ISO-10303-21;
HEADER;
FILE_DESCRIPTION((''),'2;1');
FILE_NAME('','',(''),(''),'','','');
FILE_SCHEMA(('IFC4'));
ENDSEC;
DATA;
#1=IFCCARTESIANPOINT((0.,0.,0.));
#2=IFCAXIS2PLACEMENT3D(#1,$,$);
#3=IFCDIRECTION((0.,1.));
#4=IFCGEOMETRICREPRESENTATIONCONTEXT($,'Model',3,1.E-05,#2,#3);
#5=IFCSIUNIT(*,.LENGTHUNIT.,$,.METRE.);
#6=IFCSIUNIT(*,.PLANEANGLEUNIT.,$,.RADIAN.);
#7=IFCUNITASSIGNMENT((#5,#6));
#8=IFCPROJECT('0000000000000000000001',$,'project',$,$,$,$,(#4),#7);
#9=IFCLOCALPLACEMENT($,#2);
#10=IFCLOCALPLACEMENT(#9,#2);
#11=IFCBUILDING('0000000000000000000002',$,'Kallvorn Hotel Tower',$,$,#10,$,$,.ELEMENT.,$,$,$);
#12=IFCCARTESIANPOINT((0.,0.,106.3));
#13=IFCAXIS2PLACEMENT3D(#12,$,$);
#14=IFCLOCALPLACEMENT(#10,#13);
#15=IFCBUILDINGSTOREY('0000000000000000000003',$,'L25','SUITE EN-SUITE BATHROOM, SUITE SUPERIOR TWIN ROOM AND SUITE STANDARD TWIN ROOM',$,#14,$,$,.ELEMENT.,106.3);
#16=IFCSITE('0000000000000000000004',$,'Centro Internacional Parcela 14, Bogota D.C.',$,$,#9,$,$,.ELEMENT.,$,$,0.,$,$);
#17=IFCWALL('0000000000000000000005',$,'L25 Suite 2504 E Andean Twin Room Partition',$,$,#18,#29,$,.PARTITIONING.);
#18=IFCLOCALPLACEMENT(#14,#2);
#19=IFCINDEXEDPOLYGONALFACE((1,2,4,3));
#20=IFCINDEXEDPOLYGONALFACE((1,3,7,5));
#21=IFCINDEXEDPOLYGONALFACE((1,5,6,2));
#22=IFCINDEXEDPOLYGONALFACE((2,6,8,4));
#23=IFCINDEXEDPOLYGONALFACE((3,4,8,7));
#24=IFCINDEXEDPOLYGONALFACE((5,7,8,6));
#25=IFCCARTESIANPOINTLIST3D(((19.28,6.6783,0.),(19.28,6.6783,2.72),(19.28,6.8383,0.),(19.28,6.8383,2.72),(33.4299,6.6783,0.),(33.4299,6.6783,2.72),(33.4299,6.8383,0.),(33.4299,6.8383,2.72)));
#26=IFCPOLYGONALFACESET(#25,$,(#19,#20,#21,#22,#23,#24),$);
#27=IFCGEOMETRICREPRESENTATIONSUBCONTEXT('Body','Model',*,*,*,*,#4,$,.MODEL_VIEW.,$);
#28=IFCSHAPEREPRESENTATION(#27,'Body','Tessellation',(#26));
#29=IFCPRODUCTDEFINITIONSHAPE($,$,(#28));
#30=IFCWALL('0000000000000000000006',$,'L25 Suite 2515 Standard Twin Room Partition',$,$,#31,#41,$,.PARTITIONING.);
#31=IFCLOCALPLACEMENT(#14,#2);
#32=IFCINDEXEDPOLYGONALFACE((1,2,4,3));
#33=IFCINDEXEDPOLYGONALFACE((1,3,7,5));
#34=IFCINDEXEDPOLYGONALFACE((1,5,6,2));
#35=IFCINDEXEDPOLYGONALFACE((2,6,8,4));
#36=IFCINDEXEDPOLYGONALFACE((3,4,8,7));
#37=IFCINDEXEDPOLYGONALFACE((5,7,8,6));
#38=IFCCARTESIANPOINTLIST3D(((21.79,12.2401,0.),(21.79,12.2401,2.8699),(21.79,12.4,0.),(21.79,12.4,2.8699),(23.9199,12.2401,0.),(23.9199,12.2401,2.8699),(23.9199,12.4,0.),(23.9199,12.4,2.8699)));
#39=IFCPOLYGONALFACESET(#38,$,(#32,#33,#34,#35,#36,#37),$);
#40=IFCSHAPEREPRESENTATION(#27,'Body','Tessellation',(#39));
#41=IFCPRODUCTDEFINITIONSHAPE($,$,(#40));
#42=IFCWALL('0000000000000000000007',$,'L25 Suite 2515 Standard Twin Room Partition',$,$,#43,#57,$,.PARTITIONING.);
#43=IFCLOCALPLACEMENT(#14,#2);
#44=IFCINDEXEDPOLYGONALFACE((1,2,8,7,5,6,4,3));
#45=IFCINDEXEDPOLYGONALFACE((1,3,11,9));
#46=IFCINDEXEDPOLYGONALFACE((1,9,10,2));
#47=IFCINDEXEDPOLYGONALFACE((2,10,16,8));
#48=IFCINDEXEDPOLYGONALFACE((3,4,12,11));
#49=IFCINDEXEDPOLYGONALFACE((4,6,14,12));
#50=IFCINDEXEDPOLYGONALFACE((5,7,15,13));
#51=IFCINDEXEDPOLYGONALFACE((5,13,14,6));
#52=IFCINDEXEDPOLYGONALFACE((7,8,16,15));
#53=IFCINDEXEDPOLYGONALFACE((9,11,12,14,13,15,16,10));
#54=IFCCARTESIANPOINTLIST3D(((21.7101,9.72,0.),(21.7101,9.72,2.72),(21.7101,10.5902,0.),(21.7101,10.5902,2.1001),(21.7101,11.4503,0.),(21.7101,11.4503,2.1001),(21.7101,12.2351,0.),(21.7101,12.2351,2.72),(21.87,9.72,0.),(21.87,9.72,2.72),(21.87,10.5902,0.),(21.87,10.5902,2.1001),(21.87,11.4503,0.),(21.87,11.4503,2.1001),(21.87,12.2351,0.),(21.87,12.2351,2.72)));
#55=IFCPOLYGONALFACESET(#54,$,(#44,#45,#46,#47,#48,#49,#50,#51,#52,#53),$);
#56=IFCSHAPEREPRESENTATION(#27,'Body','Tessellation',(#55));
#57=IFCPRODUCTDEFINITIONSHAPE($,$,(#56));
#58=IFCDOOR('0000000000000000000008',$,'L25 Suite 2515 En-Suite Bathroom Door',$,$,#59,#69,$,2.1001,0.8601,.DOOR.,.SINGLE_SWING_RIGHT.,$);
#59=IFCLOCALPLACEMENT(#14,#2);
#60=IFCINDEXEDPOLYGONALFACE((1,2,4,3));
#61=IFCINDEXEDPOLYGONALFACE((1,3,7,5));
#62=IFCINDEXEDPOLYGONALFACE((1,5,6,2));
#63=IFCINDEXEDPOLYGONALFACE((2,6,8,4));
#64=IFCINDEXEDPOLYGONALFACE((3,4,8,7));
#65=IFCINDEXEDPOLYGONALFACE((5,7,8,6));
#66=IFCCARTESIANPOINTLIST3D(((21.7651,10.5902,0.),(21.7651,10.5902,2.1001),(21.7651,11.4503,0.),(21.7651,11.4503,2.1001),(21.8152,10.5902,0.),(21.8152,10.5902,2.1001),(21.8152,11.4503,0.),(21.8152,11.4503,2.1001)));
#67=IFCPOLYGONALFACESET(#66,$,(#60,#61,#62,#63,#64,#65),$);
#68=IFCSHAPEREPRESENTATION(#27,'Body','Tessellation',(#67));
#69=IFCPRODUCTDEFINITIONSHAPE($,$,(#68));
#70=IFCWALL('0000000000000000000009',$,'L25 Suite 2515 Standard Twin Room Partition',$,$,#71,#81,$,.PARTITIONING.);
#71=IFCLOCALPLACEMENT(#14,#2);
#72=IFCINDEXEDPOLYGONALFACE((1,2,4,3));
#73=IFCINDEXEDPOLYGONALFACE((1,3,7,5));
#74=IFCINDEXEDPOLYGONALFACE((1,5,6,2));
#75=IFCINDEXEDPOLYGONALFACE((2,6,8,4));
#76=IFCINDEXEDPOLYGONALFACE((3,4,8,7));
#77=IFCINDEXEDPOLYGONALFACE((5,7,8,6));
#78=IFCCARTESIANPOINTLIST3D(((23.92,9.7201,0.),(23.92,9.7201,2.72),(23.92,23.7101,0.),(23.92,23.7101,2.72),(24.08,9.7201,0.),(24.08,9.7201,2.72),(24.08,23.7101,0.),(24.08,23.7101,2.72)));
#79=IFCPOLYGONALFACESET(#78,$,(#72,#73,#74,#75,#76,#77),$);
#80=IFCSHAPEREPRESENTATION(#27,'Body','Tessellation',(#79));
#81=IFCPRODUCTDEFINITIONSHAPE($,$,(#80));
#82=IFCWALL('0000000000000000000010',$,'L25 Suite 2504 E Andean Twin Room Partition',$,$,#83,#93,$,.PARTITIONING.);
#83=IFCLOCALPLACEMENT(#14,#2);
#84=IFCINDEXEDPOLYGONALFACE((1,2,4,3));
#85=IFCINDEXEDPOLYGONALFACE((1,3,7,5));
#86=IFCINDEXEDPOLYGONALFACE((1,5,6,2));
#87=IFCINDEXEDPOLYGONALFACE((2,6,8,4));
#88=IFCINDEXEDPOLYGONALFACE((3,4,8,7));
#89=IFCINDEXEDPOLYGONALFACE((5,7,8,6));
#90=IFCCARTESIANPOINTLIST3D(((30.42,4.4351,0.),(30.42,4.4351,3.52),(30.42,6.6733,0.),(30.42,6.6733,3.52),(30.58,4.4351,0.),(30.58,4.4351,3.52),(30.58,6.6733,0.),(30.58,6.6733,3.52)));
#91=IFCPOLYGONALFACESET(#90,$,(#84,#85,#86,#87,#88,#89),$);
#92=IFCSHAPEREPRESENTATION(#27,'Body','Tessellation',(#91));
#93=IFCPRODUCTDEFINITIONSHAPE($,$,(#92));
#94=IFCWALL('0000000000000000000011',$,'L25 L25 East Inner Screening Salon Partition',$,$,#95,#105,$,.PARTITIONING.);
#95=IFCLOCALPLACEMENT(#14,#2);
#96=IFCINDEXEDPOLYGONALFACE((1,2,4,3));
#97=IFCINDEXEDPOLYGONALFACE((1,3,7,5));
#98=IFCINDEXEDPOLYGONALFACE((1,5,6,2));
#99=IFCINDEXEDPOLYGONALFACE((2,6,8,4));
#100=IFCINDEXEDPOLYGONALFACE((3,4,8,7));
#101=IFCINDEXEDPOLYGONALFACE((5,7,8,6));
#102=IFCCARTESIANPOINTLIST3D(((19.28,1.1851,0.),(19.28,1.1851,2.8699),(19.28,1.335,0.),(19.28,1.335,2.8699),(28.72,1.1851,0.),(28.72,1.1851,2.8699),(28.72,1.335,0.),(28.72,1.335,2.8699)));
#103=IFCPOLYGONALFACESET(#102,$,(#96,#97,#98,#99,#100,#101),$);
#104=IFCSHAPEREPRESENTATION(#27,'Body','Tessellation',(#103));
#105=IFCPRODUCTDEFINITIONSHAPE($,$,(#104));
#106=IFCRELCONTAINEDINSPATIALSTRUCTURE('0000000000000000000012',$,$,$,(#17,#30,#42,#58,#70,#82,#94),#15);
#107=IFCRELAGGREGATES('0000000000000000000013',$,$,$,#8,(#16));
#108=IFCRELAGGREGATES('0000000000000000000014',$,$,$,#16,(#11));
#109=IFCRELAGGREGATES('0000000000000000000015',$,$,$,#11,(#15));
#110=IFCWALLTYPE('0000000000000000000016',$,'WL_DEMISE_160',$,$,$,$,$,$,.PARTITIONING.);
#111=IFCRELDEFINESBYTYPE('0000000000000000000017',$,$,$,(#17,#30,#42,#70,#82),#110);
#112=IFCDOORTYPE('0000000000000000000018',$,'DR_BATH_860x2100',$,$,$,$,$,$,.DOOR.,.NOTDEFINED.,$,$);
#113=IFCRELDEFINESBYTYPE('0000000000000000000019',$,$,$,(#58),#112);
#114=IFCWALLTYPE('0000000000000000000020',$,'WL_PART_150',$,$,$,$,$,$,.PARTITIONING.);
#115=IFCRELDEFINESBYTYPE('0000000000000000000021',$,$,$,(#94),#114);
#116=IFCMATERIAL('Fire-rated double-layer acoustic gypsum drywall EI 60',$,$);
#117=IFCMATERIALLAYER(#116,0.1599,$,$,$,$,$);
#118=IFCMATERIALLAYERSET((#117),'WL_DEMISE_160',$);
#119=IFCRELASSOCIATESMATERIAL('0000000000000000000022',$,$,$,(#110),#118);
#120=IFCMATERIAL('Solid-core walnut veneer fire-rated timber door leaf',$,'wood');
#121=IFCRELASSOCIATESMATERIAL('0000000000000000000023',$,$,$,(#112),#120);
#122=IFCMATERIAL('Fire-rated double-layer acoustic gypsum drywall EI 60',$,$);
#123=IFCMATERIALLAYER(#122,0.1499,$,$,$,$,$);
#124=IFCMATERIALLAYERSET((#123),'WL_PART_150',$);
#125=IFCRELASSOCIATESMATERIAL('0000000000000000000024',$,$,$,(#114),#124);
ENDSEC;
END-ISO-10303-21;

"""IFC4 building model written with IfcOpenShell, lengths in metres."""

from ifc_helpers import new_model, si_unit, direction, frame, frame_2d, origin, place, context, subcontext, project, spatial, rectangle, extrude, material, layer, layer_set, type_object, element, fill, save


model = new_model("IFC4")

# Units and contexts
model_context = context("Model", 3, precision=1e-05, world=origin(), true_north=direction((0.0, 1.0)))
body_context = subcontext(model_context, "Body", "Model", "MODEL_VIEW")
ifc_project = project(units=[si_unit("LENGTHUNIT", "METRE"), si_unit("PLANEANGLEUNIT", "RADIAN")], contexts=[model_context])

# Site, building, storey
site_placement = place(None, origin())
site = spatial("IfcSite", under=ifc_project, at=site_placement, Name="Centro Internacional Parcela 14, Bogota D.C.", CompositionType="ELEMENT", RefElevation=0.0)
building_placement = place(site_placement, origin())
building = spatial("IfcBuilding", under=site, at=building_placement, Name="Kallvorn Hotel Tower", CompositionType="ELEMENT")
storey_placement = place(building_placement, frame((0.0, 0.0, 106.3)))
storey = spatial("IfcBuildingStorey", under=building, at=storey_placement, Name="L25", Description="SUITE EN-SUITE BATHROOM, SUITE SUPERIOR TWIN ROOM AND SUITE STANDARD TWIN ROOM", CompositionType="ELEMENT", Elevation=106.3)

# Shared definitions
ifc_material_1 = material(Name="Fire-rated double-layer acoustic gypsum drywall EI 60")
ifc_layer_1 = layer(ifc_material_1, 0.1599)
ifc_layer_set_1 = layer_set([ifc_layer_1], Name="WL_DEMISE_160")
wall_type_1 = type_object("IfcWallType", Name="WL_DEMISE_160", PredefinedType="PARTITIONING", material=ifc_layer_set_1)
ifc_material_2 = material(Name="Solid-core walnut veneer fire-rated timber door leaf", Category="wood")
door_type = type_object("IfcDoorType", Name="DR_BATH_860x2100", OperationType="NOTDEFINED", PredefinedType="DOOR", material=ifc_material_2)

# Walls
wall_1_placement = place(storey_placement, frame((19.28, 6.7583, 0.0), z_axis=(0.0, 0.0, 1.0), x_axis=(1.0, 0.0, 0.0)))
element("IfcWall", 1, at=wall_1_placement, inside=storey, type_object=wall_type_1, Name="L25 Suite 2504 E Andean Twin Room Partition", PredefinedType="PARTITIONING", context=body_context, shape_type="SweptSolid", body=[
    extrude(rectangle(XDim=14.1499, YDim=0.1599, at=frame_2d((7.075, 0.0))), origin(), (0.0, 0.0, 1.0), 2.72),
])
wall_2_placement = place(storey_placement, frame((21.79, 12.3201, 0.0), z_axis=(0.0, 0.0, 1.0), x_axis=(1.0, 0.0, 0.0)))
element("IfcWall", 2, at=wall_2_placement, inside=storey, type_object=wall_type_1, Name="L25 Suite 2515 Standard Twin Room Partition", PredefinedType="PARTITIONING", context=body_context, shape_type="SweptSolid", body=[
    extrude(rectangle(XDim=2.1299, YDim=0.1599, at=frame_2d((1.0649, 0.0))), origin(), (0.0, 0.0, 1.0), 2.8699),
])

# Wall, opening, door
wall_3_placement = place(storey_placement, frame((21.79, 9.72, 0.0), z_axis=(0.0, 0.0, 1.0), x_axis=(0.0, 1.0, 0.0)))
wall_3 = element("IfcWall", 3, at=wall_3_placement, inside=storey, type_object=wall_type_1, Name="L25 Suite 2515 Standard Twin Room Partition", PredefinedType="PARTITIONING", context=body_context, shape_type="SweptSolid", body=[
    extrude(rectangle(XDim=2.5151, YDim=0.1599, at=frame_2d((1.2576, 0.0))), origin(), (0.0, 0.0, 1.0), 2.72),
])
opening_1_placement = place(wall_3_placement, frame((0.8701, 0.0, 0.0)))
opening_1 = element("IfcOpeningElement", 4, at=opening_1_placement, cuts=wall_3, PredefinedType="OPENING", context=body_context, shape_type="SweptSolid", body=[
    extrude(rectangle(XDim=0.8601, YDim=2.1001, at=frame_2d((0.4302, 1.05))), frame((0.0, 0.095, 0.0), z_axis=(0.0, -1.0, 0.0), x_axis=(1.0, 0.0, 0.0)), (0.0, 0.0, 1.0), 0.1899),
])
door_1_placement = place(opening_1_placement, origin())
door_1 = element("IfcDoor", 5, at=door_1_placement, inside=storey, type_object=door_type, Name="L25 Suite 2515 En-Suite Bathroom Door", OperationType="SINGLE_SWING_RIGHT", OverallHeight=2.1001, OverallWidth=0.8601, PredefinedType="DOOR", context=body_context, shape_type="SweptSolid", body=[
    extrude(rectangle(XDim=0.8601, YDim=2.1001, at=frame_2d((0.4302, 1.05))), frame((0.0, 0.0249, 0.0), z_axis=(0.0, -1.0, 0.0), x_axis=(1.0, 0.0, 0.0)), (0.0, 0.0, 1.0), 0.05),
])
fill(opening_1, door_1)

# Walls
wall_4_placement = place(storey_placement, frame((24.0, 9.72, 0.0), z_axis=(0.0, 0.0, 1.0), x_axis=(0.0, 1.0, 0.0)))
element("IfcWall", 6, at=wall_4_placement, inside=storey, type_object=wall_type_1, Name="L25 Suite 2515 Standard Twin Room Partition", PredefinedType="PARTITIONING", context=body_context, shape_type="SweptSolid", body=[
    extrude(rectangle(XDim=13.99, YDim=0.1599, at=frame_2d((6.9951, 0.0))), origin(), (0.0, 0.0, 1.0), 2.72),
])
wall_5_placement = place(storey_placement, frame((30.5, 4.4351, 0.0), z_axis=(0.0, 0.0, 1.0), x_axis=(0.0, 1.0, 0.0)))
element("IfcWall", 7, at=wall_5_placement, inside=storey, type_object=wall_type_1, Name="L25 Suite 2504 E Andean Twin Room Partition", PredefinedType="PARTITIONING", context=body_context, shape_type="SweptSolid", body=[
    extrude(rectangle(XDim=2.2383, YDim=0.1599, at=frame_2d((1.1191, 0.0))), origin(), (0.0, 0.0, 1.0), 3.52),
])
ifc_material_3 = material(Name="Fire-rated double-layer acoustic gypsum drywall EI 60")
ifc_layer_2 = layer(ifc_material_3, 0.1499)
ifc_layer_set_2 = layer_set([ifc_layer_2], Name="WL_PART_150")
wall_type_2 = type_object("IfcWallType", Name="WL_PART_150", PredefinedType="PARTITIONING", material=ifc_layer_set_2)
wall_6_placement = place(storey_placement, frame((19.28, 1.26, 0.0), z_axis=(0.0, 0.0, 1.0), x_axis=(1.0, 0.0, 0.0)))
element("IfcWall", 8, at=wall_6_placement, inside=storey, type_object=wall_type_2, Name="L25 L25 East Inner Screening Salon Partition", PredefinedType="PARTITIONING", context=body_context, shape_type="SweptSolid", body=[
    extrude(rectangle(XDim=9.4399, YDim=0.1499, at=frame_2d((4.72, 0.0))), origin(), (0.0, 0.0, 1.0), 2.8699),
])

save(model, "model.ifc")
